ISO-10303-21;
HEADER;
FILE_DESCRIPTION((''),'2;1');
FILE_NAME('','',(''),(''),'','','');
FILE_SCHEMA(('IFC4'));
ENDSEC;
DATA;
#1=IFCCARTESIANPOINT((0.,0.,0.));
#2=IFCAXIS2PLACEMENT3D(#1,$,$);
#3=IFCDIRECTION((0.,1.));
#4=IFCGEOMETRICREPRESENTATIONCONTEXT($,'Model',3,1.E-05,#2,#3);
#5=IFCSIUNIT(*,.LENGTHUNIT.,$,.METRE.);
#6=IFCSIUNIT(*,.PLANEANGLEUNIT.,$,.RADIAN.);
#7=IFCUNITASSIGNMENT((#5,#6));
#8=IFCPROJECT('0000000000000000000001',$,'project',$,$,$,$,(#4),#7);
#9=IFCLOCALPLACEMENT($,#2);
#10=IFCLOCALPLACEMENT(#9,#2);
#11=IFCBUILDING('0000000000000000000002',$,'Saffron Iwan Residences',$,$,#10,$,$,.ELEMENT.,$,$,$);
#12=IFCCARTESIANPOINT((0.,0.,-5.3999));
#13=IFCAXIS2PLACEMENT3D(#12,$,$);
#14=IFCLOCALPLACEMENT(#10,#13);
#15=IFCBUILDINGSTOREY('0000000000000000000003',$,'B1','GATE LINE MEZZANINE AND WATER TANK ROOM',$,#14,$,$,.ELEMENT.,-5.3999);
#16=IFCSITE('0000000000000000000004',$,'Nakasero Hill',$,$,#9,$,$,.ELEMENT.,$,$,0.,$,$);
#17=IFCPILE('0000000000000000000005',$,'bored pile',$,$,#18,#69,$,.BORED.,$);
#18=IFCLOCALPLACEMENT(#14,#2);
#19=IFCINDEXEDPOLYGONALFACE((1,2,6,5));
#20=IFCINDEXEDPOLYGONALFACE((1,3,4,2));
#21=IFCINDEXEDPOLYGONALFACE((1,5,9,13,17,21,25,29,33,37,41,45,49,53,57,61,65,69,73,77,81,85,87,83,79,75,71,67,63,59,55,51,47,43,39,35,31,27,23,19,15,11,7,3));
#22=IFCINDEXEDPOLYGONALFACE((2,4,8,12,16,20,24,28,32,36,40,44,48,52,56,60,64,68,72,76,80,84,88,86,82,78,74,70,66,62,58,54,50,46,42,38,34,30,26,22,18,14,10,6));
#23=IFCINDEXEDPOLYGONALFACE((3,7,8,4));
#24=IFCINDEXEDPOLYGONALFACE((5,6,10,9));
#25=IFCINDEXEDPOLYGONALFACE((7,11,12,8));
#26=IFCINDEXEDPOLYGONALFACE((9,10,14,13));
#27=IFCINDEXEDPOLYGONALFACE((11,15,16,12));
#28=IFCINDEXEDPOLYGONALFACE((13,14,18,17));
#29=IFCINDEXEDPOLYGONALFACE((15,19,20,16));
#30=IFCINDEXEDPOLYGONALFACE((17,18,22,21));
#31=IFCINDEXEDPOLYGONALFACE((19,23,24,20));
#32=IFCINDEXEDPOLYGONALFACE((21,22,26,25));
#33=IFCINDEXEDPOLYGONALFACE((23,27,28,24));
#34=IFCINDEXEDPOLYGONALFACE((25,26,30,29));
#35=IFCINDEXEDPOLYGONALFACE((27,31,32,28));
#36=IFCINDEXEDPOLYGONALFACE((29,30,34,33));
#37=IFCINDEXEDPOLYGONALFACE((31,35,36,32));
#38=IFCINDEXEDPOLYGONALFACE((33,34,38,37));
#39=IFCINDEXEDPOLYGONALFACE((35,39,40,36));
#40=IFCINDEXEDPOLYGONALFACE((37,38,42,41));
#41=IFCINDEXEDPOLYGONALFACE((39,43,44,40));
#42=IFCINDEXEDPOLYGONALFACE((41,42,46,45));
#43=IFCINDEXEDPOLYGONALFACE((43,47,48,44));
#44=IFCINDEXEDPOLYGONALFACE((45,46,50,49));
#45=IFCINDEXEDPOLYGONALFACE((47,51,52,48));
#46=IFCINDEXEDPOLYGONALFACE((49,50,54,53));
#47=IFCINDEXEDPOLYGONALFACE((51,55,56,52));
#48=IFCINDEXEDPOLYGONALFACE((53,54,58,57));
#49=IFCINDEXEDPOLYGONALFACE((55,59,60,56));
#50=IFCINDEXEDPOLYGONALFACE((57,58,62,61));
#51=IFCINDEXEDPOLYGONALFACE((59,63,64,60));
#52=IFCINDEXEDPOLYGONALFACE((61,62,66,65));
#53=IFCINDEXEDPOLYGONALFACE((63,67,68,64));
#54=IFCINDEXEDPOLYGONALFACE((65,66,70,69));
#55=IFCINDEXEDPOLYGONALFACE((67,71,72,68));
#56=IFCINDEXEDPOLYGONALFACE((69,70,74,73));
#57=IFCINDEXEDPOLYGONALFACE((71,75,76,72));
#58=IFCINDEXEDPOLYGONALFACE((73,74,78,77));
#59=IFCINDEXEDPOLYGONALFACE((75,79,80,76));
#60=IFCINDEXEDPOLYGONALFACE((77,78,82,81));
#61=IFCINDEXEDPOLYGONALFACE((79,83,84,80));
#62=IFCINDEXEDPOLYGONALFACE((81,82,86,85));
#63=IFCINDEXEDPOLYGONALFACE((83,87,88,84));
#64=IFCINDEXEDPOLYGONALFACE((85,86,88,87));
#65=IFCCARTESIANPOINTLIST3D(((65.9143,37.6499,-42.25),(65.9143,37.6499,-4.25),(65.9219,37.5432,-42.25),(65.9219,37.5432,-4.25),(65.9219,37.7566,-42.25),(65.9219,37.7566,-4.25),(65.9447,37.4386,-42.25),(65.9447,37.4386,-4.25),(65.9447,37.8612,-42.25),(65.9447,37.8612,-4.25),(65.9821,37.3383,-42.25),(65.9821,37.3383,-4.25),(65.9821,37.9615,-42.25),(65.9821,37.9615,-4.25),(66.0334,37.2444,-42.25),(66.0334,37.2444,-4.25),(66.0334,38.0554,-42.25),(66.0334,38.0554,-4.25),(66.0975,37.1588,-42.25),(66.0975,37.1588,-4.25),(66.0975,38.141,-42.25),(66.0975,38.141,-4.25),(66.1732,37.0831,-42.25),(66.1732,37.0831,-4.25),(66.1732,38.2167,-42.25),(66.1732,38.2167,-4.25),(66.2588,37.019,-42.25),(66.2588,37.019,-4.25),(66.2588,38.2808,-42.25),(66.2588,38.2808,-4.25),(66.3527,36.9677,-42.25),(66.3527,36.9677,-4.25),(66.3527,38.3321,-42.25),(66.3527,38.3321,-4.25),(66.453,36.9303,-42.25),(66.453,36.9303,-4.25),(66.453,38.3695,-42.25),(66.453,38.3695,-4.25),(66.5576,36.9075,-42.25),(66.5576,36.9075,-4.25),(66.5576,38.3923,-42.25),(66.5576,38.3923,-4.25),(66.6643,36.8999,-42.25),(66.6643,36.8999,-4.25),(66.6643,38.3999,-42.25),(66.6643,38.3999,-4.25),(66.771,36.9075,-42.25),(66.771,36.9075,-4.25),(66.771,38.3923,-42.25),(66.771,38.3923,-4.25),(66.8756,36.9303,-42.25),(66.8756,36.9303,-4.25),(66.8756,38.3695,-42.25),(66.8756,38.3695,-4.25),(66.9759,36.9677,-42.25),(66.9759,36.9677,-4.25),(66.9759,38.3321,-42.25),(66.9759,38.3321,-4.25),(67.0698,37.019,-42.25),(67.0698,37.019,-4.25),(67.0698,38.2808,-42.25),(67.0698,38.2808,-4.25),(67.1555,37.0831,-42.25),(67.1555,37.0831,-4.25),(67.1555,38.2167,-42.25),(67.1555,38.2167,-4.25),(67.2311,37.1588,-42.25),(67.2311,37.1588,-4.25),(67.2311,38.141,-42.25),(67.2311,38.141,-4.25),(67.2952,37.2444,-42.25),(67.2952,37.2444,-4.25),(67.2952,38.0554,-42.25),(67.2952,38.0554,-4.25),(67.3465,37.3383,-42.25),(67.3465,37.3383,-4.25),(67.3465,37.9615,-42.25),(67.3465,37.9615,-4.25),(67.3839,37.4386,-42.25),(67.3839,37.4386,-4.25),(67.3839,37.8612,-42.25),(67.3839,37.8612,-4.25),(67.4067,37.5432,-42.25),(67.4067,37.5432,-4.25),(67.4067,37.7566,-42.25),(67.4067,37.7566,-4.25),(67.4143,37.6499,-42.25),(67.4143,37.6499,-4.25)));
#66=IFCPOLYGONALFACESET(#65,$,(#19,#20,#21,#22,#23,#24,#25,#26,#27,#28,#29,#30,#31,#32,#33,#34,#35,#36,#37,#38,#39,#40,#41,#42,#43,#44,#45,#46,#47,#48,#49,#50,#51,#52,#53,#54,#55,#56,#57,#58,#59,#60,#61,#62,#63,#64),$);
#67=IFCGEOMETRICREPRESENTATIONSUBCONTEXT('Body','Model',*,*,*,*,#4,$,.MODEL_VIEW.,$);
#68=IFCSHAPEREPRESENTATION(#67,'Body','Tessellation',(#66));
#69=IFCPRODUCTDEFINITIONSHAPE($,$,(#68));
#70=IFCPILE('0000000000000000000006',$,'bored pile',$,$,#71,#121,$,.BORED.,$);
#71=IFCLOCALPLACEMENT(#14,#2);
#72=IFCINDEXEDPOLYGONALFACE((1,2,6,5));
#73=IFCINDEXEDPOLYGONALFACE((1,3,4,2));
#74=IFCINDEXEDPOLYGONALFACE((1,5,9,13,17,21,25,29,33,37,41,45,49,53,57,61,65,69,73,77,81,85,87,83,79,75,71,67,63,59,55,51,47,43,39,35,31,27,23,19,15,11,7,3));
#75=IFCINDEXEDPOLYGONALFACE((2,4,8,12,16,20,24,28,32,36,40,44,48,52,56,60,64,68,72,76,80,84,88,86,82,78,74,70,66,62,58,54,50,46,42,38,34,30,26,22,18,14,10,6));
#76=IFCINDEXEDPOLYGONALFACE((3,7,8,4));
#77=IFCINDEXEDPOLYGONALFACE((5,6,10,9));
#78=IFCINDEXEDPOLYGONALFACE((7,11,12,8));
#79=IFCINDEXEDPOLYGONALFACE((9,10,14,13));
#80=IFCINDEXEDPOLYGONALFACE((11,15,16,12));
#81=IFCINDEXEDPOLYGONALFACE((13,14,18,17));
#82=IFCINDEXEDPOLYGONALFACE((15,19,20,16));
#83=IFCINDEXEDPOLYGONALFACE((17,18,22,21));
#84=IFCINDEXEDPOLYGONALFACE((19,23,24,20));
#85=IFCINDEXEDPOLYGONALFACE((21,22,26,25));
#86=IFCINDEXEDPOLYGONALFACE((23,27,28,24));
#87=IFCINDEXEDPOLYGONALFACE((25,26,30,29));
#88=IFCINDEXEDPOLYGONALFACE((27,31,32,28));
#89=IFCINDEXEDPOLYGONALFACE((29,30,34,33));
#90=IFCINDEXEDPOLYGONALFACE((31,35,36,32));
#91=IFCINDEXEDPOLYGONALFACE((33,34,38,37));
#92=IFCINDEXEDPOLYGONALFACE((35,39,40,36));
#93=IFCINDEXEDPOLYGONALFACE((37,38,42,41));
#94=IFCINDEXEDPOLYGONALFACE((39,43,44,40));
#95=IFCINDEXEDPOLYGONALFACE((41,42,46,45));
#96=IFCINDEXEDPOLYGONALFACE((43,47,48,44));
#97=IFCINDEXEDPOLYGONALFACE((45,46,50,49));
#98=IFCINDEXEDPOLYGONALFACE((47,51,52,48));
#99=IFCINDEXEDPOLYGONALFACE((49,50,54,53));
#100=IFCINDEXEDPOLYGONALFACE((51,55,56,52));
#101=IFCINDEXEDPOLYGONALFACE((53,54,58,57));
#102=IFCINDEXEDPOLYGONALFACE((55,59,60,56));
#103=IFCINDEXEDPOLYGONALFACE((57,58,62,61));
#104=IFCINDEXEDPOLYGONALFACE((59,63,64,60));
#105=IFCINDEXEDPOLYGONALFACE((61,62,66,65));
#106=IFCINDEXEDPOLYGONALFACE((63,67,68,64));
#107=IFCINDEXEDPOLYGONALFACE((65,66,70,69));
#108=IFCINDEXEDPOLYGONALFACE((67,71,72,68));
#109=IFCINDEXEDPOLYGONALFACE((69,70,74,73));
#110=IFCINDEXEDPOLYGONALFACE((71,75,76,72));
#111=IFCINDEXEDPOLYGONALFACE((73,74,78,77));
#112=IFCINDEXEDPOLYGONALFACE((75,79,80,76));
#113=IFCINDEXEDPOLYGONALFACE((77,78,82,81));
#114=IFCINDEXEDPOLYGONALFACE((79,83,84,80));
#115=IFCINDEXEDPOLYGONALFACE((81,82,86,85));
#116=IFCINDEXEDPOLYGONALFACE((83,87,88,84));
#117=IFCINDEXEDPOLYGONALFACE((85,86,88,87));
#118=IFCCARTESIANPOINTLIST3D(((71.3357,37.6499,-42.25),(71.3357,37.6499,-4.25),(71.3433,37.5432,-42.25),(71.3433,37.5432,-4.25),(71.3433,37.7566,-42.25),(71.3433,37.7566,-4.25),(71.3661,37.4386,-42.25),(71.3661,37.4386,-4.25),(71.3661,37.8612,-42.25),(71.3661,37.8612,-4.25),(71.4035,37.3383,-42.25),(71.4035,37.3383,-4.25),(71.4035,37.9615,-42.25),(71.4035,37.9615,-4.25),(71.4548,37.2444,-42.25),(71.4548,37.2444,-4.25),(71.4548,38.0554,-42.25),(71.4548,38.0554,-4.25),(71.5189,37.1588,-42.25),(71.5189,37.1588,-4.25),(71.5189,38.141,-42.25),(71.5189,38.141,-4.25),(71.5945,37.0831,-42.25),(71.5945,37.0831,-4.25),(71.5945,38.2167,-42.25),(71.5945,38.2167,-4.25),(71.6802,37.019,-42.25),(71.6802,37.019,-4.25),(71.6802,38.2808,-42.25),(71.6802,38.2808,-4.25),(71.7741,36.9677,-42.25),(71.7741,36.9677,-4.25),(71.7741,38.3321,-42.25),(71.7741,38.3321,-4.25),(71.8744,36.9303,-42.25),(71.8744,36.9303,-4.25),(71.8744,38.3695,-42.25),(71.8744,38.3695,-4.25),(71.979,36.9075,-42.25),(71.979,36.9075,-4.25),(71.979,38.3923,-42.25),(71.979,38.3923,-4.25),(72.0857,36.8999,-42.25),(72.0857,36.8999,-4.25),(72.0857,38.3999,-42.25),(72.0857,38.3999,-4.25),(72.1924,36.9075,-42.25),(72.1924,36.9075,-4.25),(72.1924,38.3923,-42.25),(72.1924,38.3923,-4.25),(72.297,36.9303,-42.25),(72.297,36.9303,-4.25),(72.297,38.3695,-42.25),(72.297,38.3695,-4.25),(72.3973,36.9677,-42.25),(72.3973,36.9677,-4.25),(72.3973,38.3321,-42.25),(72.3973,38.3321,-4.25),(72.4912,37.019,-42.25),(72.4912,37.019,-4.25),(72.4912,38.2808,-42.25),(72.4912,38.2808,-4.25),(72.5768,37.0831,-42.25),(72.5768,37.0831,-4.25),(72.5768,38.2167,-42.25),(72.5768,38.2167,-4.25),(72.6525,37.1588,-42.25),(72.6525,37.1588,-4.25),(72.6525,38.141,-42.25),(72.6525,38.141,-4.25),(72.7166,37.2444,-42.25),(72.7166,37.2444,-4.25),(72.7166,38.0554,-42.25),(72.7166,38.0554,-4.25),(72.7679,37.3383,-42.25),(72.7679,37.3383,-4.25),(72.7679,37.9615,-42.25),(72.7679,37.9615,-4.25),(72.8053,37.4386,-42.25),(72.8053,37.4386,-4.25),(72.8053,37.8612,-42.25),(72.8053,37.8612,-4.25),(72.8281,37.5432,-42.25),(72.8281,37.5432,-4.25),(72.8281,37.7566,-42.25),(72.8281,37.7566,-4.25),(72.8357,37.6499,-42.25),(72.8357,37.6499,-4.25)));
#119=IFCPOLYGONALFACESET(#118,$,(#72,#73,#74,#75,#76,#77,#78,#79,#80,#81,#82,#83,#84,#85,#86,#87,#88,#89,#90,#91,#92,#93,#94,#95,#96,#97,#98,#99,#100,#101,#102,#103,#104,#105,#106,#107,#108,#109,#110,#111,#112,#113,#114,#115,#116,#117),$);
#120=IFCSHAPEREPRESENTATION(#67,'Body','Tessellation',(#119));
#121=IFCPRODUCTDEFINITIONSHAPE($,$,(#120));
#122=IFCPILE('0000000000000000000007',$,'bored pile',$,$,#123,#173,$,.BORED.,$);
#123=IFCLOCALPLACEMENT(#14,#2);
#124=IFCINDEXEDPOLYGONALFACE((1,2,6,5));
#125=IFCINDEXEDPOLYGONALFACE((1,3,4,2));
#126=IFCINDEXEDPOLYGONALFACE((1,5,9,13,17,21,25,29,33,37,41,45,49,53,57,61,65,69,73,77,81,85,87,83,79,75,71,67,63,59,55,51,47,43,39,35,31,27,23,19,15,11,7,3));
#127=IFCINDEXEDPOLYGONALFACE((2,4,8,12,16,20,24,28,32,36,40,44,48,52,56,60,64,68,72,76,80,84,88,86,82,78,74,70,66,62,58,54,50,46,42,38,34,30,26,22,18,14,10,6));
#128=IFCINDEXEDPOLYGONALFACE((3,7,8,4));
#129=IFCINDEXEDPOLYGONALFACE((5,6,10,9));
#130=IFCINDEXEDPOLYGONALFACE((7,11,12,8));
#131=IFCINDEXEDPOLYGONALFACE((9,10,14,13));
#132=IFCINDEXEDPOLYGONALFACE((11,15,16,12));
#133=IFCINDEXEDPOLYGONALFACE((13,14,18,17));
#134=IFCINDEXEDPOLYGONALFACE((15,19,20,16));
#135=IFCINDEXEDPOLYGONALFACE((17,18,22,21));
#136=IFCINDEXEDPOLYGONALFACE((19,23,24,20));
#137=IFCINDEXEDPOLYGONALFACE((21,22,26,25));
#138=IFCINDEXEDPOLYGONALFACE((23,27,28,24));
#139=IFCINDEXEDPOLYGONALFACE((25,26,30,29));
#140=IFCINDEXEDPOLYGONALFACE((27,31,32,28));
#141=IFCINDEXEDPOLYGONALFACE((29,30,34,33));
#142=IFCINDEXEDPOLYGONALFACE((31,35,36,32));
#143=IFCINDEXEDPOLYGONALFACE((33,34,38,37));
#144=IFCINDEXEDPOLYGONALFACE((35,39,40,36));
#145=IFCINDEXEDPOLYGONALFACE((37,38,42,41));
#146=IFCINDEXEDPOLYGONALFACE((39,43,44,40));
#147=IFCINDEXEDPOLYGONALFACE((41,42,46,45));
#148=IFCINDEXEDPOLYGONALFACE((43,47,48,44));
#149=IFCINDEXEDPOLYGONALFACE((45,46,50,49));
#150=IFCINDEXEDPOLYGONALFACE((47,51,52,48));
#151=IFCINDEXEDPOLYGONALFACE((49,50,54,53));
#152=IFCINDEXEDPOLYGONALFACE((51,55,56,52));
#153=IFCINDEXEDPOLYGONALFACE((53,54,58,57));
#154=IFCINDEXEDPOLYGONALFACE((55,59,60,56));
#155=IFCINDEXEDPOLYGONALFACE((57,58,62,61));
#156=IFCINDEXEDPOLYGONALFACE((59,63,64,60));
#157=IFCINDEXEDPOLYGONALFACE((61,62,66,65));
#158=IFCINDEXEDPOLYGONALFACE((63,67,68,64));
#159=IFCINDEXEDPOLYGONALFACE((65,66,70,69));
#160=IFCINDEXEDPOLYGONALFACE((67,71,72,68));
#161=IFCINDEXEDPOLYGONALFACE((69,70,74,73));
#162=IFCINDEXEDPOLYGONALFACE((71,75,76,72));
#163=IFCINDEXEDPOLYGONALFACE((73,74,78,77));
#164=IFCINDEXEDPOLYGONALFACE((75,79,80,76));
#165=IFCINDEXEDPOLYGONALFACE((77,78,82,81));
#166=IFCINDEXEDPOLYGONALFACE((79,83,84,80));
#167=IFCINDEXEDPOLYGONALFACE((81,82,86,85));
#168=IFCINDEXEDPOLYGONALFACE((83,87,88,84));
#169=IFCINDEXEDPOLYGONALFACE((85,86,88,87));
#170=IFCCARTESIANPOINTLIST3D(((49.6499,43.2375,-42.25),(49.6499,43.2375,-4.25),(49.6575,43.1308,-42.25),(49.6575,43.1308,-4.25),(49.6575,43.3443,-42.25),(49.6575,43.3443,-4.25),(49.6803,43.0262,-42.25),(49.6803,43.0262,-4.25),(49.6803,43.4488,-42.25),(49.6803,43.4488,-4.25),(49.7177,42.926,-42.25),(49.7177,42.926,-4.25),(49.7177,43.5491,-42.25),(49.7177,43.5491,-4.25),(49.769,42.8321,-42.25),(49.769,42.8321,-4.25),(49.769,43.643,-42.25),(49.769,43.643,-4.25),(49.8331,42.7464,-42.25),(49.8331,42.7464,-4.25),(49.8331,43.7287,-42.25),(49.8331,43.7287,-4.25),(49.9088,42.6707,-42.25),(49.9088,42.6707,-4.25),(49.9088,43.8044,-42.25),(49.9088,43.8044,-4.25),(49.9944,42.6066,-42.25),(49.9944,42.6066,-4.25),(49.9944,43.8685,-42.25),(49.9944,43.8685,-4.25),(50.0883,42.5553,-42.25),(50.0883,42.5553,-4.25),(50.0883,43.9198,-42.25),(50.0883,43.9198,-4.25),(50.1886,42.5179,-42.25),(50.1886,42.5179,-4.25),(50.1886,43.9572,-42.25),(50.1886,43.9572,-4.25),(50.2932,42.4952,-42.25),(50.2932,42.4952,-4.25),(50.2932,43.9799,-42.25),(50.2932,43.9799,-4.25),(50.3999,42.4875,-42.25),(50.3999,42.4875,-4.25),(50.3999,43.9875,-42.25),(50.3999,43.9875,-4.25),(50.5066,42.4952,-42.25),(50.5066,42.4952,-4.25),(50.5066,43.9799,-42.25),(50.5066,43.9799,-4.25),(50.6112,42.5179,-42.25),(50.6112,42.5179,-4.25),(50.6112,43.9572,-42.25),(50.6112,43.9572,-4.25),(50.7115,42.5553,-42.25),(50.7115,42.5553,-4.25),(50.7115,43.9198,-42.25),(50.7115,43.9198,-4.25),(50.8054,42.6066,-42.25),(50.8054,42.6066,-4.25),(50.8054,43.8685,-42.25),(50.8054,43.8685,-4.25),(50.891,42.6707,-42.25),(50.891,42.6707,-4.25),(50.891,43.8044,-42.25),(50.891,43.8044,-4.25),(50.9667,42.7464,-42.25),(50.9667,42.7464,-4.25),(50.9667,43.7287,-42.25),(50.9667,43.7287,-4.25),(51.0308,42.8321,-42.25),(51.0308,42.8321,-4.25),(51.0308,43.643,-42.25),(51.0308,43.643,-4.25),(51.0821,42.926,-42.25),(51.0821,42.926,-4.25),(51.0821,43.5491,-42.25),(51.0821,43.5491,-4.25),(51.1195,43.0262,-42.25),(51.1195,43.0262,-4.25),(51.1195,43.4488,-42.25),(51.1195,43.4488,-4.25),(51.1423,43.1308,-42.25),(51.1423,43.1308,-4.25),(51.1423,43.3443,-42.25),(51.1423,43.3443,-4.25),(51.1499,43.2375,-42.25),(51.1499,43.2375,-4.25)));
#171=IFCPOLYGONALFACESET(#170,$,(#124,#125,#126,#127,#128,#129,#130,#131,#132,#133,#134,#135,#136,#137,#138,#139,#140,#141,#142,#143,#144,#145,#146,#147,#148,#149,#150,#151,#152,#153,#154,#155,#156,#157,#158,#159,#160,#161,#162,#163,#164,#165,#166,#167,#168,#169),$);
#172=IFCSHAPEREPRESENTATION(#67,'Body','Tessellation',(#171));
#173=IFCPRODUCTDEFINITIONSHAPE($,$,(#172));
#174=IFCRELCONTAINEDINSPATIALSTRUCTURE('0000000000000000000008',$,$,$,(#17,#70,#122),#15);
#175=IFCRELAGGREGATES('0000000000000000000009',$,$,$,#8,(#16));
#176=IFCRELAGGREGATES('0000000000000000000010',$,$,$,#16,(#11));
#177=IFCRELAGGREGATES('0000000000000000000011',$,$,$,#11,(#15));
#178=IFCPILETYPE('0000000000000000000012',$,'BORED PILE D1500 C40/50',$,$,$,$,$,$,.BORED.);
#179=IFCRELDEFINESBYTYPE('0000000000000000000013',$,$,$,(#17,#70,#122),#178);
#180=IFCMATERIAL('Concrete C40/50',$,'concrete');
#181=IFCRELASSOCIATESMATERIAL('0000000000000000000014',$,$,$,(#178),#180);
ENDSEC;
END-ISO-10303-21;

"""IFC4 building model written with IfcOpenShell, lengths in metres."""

from ifc_helpers import new_model, si_unit, direction, frame, origin, origin_2d, place, context, subcontext, project, spatial, circle, extrude, material, material_profile, profile_set, type_object, element, save


model = new_model("IFC4")

# Units and contexts
model_context = context("Model", 3, precision=1e-05, world=origin(), true_north=direction((0.0, 1.0)))
body_context = subcontext(model_context, "Body", "Model", "MODEL_VIEW")
ifc_project = project(units=[si_unit("LENGTHUNIT", "METRE"), si_unit("PLANEANGLEUNIT", "RADIAN")], contexts=[model_context])

# Site, building, storey
site_placement = place(None, origin())
site = spatial("IfcSite", under=ifc_project, at=site_placement, Name="Nakasero Hill", CompositionType="ELEMENT", RefElevation=0.0)
building_placement = place(site_placement, origin())
building = spatial("IfcBuilding", under=site, at=building_placement, Name="Saffron Iwan Residences", CompositionType="ELEMENT")
storey_placement = place(building_placement, frame((0.0, 0.0, -5.3999)))
storey = spatial("IfcBuildingStorey", under=building, at=storey_placement, Name="B1", Description="GATE LINE MEZZANINE AND WATER TANK ROOM", CompositionType="ELEMENT", Elevation=-5.3999)

# Piles
ifc_material_1 = material(Name="Concrete C40/50", Category="concrete")
ifc_material_profile_1 = material_profile(ifc_material_1, circle(Radius=0.75, at=origin_2d()), Name="RC D1500")
ifc_profile_set_1 = profile_set([ifc_material_profile_1], Name="Concrete C40/50")
pile_type = type_object("IfcPileType", Name="BORED PILE D1500 C40/50", PredefinedType="BORED", material=ifc_profile_set_1)
for number, where, z_axis, x_axis, name in (
    (1, (66.6643, 37.6499, -4.25), (0.0, 0.0, -1.0), (1.0, 0.0, 0.0), "bored pile"),
    (2, (72.0857, 37.6499, -4.25), (0.0, 0.0, -1.0), (1.0, 0.0, 0.0), "bored pile"),
    (3, (50.3999, 43.2375, -4.25), (0.0, 0.0, -1.0), (1.0, 0.0, 0.0), "bored pile"),
):
    element("IfcPile", number, at=place(storey_placement, frame(where, z_axis=z_axis, x_axis=x_axis)), inside=storey, type_object=pile_type, Name=name, PredefinedType="BORED", context=body_context, shape_type="SweptSolid", body=[
        extrude(circle(Radius=0.75, at=origin_2d()), origin(), (0.0, 0.0, 1.0), 38.0),
    ])

save(model, "model.ifc")
